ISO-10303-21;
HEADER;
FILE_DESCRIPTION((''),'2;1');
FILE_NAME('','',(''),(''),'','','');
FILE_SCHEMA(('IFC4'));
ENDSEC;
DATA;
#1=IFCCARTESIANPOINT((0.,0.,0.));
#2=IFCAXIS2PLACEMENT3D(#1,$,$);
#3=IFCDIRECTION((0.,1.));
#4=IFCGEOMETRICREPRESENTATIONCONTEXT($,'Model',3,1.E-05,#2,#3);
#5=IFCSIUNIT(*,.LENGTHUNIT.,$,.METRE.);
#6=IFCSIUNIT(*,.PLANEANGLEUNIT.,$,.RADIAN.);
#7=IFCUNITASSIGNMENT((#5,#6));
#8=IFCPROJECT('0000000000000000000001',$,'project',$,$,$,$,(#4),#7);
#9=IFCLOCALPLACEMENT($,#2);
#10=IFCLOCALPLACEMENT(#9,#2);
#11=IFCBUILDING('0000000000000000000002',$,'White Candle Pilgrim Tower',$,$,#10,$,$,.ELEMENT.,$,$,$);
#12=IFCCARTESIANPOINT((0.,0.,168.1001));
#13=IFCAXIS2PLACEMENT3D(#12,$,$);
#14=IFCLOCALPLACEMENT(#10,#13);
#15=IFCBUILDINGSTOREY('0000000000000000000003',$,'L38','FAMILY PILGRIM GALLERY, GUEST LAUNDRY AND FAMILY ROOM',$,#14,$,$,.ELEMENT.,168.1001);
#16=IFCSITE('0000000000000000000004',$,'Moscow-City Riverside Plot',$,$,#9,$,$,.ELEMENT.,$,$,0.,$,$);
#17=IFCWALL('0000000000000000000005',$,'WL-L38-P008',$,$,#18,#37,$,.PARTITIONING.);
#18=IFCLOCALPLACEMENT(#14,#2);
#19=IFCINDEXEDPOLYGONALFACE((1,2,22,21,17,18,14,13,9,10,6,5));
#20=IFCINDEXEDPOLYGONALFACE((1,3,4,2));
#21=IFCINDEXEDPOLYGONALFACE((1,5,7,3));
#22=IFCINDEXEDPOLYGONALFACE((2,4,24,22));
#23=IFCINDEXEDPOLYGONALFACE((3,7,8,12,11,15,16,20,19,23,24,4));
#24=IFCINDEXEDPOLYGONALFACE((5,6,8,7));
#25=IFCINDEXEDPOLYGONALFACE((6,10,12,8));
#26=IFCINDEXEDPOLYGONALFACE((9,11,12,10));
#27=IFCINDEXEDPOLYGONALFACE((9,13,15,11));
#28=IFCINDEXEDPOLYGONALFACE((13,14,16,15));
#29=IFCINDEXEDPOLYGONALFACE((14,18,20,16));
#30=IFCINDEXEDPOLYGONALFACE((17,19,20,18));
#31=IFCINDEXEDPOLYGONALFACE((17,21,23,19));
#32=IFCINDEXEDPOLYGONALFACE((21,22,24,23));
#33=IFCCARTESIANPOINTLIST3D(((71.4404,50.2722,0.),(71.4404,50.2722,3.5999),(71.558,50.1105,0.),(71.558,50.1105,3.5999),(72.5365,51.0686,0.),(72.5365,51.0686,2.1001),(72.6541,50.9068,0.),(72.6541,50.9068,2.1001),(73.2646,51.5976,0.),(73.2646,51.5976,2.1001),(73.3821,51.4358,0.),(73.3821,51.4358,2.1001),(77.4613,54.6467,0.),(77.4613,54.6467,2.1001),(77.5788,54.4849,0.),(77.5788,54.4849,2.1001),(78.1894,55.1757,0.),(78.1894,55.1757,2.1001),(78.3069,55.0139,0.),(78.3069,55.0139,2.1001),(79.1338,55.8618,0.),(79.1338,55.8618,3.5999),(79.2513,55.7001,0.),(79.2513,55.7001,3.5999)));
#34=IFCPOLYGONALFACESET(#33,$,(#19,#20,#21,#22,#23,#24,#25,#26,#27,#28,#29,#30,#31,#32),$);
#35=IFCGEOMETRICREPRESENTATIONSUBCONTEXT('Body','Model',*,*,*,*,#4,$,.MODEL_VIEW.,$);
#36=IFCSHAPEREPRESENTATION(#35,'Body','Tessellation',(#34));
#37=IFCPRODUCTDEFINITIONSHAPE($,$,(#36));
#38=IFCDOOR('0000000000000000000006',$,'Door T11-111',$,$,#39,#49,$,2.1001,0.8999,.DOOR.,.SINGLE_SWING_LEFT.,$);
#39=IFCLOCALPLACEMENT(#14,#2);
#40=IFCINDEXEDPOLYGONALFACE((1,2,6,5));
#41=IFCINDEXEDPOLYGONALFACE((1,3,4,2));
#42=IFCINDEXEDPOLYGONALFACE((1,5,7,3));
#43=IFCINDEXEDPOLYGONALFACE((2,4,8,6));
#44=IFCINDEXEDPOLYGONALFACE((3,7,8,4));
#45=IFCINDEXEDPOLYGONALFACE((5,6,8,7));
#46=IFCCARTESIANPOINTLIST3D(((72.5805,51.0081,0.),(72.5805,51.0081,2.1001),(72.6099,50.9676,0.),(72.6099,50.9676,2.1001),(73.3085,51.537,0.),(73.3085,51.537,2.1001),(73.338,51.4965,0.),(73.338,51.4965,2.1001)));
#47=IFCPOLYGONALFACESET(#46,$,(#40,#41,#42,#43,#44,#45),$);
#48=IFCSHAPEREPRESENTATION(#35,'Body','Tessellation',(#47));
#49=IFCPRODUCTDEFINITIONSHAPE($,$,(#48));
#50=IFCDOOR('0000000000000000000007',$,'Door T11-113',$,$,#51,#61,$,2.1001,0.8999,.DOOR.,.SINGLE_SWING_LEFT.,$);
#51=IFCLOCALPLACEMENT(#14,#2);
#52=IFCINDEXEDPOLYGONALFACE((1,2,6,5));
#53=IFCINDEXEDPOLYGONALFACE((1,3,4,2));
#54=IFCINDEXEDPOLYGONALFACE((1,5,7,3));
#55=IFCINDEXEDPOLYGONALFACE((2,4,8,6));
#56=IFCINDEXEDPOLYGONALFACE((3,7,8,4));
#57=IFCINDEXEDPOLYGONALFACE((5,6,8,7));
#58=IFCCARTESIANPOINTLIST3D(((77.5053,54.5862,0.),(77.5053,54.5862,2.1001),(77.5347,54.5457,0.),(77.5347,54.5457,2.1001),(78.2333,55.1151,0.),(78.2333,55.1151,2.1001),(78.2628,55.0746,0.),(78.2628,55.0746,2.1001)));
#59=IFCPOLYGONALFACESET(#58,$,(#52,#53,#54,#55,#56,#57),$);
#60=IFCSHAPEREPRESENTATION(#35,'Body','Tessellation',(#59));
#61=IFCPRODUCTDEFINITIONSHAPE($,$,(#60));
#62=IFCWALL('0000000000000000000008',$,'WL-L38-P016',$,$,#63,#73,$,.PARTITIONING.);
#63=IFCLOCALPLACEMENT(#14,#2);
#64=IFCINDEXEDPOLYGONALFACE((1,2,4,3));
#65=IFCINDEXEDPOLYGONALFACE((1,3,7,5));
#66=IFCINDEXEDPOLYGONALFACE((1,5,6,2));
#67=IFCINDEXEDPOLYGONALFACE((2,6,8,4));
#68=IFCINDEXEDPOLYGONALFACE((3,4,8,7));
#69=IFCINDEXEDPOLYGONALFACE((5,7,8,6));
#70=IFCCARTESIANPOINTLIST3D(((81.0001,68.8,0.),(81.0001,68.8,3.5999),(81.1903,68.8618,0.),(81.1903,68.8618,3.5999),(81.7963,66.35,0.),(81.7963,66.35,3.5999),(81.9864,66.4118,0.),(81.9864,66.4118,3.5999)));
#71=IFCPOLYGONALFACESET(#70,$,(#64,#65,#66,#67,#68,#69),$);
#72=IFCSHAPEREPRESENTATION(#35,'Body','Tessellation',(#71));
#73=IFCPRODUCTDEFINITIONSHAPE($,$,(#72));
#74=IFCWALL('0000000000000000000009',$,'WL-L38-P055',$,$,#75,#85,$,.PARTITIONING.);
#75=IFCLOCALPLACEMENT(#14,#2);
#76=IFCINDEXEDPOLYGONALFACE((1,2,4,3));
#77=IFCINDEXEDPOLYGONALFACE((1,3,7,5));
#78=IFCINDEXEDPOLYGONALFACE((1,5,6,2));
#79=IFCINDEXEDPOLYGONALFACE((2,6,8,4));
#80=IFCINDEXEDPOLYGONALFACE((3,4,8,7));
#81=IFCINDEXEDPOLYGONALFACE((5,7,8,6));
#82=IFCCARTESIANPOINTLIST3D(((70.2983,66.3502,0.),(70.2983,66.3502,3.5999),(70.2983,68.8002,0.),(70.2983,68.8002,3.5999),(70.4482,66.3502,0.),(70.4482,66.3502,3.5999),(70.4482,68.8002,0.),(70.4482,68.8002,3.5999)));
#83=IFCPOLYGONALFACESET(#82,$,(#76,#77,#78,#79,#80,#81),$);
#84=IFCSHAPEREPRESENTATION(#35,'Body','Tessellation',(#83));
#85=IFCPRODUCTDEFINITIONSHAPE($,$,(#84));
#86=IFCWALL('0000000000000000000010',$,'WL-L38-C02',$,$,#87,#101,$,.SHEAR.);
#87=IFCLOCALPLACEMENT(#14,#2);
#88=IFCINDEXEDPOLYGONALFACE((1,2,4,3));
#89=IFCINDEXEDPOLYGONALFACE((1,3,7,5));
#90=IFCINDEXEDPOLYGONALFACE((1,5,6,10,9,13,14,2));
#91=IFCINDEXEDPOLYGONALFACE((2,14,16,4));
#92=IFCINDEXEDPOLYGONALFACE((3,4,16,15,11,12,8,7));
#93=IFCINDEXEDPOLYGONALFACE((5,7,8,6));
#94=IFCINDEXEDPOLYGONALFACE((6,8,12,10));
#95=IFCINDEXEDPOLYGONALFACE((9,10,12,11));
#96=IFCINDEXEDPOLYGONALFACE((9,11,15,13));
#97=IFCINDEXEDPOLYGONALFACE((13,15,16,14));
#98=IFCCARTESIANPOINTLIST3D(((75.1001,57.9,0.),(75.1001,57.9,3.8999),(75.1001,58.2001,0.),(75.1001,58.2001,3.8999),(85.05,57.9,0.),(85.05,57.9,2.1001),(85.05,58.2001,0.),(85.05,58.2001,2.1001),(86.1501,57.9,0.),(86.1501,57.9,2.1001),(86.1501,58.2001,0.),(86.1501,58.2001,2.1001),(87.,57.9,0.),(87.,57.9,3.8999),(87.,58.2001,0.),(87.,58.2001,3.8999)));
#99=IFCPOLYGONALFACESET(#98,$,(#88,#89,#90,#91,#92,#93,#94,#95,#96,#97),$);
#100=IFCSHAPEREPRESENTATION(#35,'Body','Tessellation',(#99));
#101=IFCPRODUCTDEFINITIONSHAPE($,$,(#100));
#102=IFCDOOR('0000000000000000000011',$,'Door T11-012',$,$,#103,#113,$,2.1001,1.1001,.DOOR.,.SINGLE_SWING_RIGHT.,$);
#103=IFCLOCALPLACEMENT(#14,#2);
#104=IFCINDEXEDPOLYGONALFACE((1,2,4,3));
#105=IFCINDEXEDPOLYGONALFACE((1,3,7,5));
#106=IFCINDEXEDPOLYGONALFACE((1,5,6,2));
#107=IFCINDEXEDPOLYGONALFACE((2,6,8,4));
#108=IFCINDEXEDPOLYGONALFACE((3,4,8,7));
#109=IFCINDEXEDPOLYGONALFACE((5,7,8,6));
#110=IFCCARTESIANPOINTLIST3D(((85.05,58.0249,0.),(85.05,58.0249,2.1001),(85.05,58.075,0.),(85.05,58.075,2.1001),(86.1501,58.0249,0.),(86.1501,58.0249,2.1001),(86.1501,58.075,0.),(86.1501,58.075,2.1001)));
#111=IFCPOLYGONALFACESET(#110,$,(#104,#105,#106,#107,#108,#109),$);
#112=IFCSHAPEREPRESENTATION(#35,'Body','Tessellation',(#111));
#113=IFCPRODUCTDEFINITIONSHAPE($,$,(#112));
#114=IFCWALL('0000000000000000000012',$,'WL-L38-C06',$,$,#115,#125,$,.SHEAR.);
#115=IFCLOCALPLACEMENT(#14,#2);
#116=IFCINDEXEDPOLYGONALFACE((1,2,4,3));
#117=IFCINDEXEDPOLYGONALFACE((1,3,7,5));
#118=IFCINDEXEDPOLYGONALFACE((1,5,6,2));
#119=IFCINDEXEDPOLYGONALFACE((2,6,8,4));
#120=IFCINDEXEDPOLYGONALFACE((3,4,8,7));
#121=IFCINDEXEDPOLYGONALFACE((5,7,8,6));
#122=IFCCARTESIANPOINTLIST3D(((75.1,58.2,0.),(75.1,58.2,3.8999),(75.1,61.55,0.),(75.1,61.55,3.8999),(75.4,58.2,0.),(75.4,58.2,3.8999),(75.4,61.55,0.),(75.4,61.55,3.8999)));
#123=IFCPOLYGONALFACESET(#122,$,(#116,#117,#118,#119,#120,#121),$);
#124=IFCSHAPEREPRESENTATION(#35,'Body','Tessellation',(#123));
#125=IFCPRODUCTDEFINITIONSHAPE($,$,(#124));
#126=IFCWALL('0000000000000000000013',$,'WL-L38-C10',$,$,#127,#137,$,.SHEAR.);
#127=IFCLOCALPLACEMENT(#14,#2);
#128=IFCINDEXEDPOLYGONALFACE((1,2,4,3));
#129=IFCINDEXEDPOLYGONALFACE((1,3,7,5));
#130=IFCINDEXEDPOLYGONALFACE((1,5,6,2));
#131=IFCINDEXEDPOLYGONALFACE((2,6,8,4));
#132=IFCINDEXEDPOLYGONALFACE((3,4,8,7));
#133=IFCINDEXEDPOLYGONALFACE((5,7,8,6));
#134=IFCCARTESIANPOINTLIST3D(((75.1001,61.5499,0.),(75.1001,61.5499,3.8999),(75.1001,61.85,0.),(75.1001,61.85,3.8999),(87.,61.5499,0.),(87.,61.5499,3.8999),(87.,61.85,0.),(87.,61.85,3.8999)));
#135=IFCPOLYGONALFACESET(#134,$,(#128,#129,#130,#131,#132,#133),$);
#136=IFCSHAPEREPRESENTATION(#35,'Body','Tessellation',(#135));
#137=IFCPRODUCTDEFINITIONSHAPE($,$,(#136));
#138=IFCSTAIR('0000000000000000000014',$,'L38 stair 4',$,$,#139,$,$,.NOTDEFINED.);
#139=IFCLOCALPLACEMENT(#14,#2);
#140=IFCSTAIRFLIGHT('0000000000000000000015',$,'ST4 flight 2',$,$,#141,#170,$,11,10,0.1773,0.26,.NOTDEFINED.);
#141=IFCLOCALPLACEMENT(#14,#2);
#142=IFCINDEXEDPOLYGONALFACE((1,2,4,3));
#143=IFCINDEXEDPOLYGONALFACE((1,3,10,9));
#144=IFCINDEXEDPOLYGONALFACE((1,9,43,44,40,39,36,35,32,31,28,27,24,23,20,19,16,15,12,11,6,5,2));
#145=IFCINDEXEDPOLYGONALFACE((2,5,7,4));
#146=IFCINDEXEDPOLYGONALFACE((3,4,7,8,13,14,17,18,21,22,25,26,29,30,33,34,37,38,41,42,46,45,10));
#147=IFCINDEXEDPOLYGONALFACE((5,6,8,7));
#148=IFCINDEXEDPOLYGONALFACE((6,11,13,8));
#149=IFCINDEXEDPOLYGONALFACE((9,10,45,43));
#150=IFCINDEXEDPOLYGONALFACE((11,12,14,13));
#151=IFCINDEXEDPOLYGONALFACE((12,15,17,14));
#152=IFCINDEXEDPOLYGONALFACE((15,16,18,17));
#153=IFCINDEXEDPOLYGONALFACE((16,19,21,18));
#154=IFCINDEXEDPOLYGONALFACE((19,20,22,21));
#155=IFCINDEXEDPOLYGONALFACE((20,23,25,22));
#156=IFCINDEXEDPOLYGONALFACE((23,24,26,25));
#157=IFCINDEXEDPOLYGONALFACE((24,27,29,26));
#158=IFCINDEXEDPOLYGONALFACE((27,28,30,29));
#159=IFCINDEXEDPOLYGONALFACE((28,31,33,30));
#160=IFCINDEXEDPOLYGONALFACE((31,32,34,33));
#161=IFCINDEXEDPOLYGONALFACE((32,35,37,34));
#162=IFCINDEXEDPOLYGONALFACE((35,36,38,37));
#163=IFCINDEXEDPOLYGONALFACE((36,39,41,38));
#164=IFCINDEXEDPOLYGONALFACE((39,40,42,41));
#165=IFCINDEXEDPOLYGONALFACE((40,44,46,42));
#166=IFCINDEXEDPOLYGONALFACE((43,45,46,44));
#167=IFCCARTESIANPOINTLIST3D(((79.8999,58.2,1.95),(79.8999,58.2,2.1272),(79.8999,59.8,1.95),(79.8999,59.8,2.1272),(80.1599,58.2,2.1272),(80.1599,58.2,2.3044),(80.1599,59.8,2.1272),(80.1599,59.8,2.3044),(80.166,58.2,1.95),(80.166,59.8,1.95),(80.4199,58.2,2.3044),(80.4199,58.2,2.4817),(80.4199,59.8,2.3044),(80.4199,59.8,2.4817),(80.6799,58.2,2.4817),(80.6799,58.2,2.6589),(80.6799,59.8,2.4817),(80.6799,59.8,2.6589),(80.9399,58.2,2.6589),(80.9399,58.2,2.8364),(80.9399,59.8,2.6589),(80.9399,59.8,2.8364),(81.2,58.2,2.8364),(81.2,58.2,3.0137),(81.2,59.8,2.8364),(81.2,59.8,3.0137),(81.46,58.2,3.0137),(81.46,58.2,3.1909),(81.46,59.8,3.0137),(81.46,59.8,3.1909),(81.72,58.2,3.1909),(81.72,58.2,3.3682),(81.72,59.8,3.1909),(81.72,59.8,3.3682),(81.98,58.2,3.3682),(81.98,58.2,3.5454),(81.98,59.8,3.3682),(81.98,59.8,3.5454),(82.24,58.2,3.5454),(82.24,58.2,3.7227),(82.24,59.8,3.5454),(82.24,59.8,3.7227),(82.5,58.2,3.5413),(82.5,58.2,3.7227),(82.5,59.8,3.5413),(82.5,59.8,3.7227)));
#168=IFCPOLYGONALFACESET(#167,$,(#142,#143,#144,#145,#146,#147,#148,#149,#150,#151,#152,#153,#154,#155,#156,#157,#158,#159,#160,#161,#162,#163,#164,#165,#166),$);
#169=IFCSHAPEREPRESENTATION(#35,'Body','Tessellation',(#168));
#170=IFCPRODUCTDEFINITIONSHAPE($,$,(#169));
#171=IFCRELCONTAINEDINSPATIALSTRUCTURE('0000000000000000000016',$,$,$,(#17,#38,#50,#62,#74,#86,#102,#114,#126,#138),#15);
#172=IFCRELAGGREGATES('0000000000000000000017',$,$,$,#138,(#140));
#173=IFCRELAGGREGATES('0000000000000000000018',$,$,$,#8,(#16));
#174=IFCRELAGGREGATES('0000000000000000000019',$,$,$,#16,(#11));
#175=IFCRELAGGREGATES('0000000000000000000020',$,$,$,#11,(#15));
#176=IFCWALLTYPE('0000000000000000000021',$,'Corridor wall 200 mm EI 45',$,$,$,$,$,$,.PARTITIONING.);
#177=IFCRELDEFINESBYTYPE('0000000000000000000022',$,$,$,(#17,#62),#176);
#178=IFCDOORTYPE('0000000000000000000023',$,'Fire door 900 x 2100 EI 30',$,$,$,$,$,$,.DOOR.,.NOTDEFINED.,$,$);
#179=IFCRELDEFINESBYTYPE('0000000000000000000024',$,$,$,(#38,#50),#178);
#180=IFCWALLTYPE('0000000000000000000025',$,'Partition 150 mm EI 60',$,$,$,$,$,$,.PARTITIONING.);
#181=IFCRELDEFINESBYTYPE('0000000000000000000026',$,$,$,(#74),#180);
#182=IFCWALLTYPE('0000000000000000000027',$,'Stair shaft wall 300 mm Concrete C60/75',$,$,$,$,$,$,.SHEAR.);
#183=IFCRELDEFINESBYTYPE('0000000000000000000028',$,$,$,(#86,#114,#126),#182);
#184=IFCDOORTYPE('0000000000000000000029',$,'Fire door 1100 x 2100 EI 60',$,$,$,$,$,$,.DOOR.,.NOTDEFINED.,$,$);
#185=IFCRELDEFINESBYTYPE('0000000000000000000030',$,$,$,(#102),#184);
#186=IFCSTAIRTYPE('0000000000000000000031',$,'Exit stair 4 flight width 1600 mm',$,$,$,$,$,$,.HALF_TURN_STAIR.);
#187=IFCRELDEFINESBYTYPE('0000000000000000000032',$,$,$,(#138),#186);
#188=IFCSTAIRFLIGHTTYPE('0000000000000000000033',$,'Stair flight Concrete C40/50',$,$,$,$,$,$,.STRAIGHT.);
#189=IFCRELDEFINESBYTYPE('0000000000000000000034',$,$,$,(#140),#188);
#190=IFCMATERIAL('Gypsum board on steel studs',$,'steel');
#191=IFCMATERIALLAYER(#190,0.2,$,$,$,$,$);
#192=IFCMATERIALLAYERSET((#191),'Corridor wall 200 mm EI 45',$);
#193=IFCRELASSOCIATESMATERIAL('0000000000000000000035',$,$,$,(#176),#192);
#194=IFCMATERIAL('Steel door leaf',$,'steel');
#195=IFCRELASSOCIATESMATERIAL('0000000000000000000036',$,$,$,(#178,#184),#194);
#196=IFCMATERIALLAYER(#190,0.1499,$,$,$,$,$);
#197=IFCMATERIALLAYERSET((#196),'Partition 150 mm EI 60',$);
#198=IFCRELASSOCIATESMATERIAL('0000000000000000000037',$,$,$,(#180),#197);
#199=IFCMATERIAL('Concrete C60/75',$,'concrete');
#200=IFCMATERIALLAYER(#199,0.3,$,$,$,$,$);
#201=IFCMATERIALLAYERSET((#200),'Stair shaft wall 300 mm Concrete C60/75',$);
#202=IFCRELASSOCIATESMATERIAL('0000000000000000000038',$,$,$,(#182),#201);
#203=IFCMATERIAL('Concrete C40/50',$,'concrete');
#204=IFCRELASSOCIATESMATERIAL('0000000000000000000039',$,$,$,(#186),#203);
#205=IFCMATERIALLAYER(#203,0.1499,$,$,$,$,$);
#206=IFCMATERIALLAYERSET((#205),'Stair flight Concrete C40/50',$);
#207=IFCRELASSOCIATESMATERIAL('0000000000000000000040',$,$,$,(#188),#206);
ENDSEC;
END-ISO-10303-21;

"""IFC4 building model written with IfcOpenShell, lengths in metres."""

from ifc_helpers import new_model, si_unit, direction, frame, frame_2d, origin, place, context, subcontext, project, spatial, polyline, rectangle, outline, extrude, material, layer, layer_set, type_object, element, fill, aggregate, save


model = new_model("IFC4")

# Units and contexts
model_context = context("Model", 3, precision=1e-05, world=origin(), true_north=direction((0.0, 1.0)))
body_context = subcontext(model_context, "Body", "Model", "MODEL_VIEW")
ifc_project = project(units=[si_unit("LENGTHUNIT", "METRE"), si_unit("PLANEANGLEUNIT", "RADIAN")], contexts=[model_context])

# Site, building, storey
site_placement = place(None, origin())
site = spatial("IfcSite", under=ifc_project, at=site_placement, Name="Moscow-City Riverside Plot", CompositionType="ELEMENT", RefElevation=0.0)
building_placement = place(site_placement, origin())
building = spatial("IfcBuilding", under=site, at=building_placement, Name="White Candle Pilgrim Tower", CompositionType="ELEMENT")
storey_placement = place(building_placement, frame((0.0, 0.0, 168.1001)))
storey = spatial("IfcBuildingStorey", under=building, at=storey_placement, Name="L38", Description="FAMILY PILGRIM GALLERY, GUEST LAUNDRY AND FAMILY ROOM", CompositionType="ELEMENT", Elevation=168.1001)

# Wall, openings, doors
ifc_material_1 = material(Name="Gypsum board on steel studs", Category="steel")
ifc_layer_1 = layer(ifc_material_1, 0.2)
ifc_layer_set_1 = layer_set([ifc_layer_1], Name="Corridor wall 200 mm EI 45")
wall_type_1 = type_object("IfcWallType", Name="Corridor wall 200 mm EI 45", PredefinedType="PARTITIONING", material=ifc_layer_set_1)
wall_1_placement = place(storey_placement, frame((79.1926, 55.781, 0.0), z_axis=(0.0, 0.0, 1.0), x_axis=(-0.809015, -0.587788, 0.0)))
wall_1 = element("IfcWall", 1, at=wall_1_placement, inside=storey, type_object=wall_type_1, Name="WL-L38-P008", PredefinedType="PARTITIONING", context=body_context, shape_type="SweptSolid", body=[
    extrude(rectangle(XDim=9.5095, YDim=0.2, at=frame_2d((4.7549, 0.0))), origin(), (0.0, 0.0, 1.0), 3.5999),
])
opening_1_placement = place(wall_1_placement, frame((7.2549, 0.0, 0.0)))
opening_1 = element("IfcOpeningElement", 2, at=opening_1_placement, cuts=wall_1, PredefinedType="OPENING", context=body_context, shape_type="SweptSolid", body=[
    extrude(rectangle(XDim=0.8999, YDim=2.1001, at=frame_2d((0.45, 1.05))), frame((0.0, 0.1099, 0.0), z_axis=(0.0, -1.0, 0.0), x_axis=(1.0, 0.0, 0.0)), (0.0, 0.0, 1.0), 0.22),
])
opening_2_placement = place(wall_1_placement, frame((1.1675, 0.0, 0.0)))
opening_2 = element("IfcOpeningElement", 3, at=opening_2_placement, cuts=wall_1, PredefinedType="OPENING", context=body_context, shape_type="SweptSolid", body=[
    extrude(rectangle(XDim=0.8999, YDim=2.1001, at=frame_2d((0.45, 1.05))), frame((0.0, 0.1099, 0.0), z_axis=(0.0, -1.0, 0.0), x_axis=(1.0, 0.0, 0.0)), (0.0, 0.0, 1.0), 0.22),
])
ifc_material_2 = material(Name="Steel door leaf", Category="steel")
door_type_1 = type_object("IfcDoorType", Name="Fire door 900 x 2100 EI 30", OperationType="NOTDEFINED", PredefinedType="DOOR", material=ifc_material_2)
door_1_placement = place(opening_1_placement, origin())
door_1 = element("IfcDoor", 4, at=door_1_placement, inside=storey, type_object=door_type_1, Name="Door T11-111", OperationType="SINGLE_SWING_LEFT", OverallHeight=2.1001, OverallWidth=0.8999, PredefinedType="DOOR", context=body_context, shape_type="SweptSolid", body=[
    extrude(rectangle(XDim=0.8999, YDim=2.1001, at=frame_2d((0.45, 1.05))), frame((0.0, 0.0249, 0.0), z_axis=(0.0, -1.0, 0.0), x_axis=(1.0, 0.0, 0.0)), (0.0, 0.0, 1.0), 0.05),
])
fill(opening_1, door_1)
door_2_placement = place(opening_2_placement, origin())
door_2 = element("IfcDoor", 5, at=door_2_placement, inside=storey, type_object=door_type_1, Name="Door T11-113", OperationType="SINGLE_SWING_LEFT", OverallHeight=2.1001, OverallWidth=0.8999, PredefinedType="DOOR", context=body_context, shape_type="SweptSolid", body=[
    extrude(rectangle(XDim=0.8999, YDim=2.1001, at=frame_2d((0.45, 1.05))), frame((0.0, 0.0249, 0.0), z_axis=(0.0, -1.0, 0.0), x_axis=(1.0, 0.0, 0.0)), (0.0, 0.0, 1.0), 0.05),
])
fill(opening_2, door_2)

# Walls
wall_2_placement = place(storey_placement, frame((81.8914, 66.3809, 0.0), z_axis=(0.0, 0.0, 1.0), x_axis=(-0.309054, 0.951045, 0.0)))
element("IfcWall", 6, at=wall_2_placement, inside=storey, type_object=wall_type_1, Name="WL-L38-P016", PredefinedType="PARTITIONING", context=body_context, shape_type="SweptSolid", body=[
    extrude(rectangle(XDim=2.5762, YDim=0.2, at=frame_2d((1.2881, 0.0))), origin(), (0.0, 0.0, 1.0), 3.5999),
])
ifc_layer_2 = layer(ifc_material_1, 0.1499)
ifc_layer_set_2 = layer_set([ifc_layer_2], Name="Partition 150 mm EI 60")
wall_type_2 = type_object("IfcWallType", Name="Partition 150 mm EI 60", PredefinedType="PARTITIONING", material=ifc_layer_set_2)
wall_3_placement = place(storey_placement, frame((70.3733, 66.3501, 0.0), z_axis=(0.0, 0.0, 1.0), x_axis=(0.0, 1.0, 0.0)))
element("IfcWall", 7, at=wall_3_placement, inside=storey, type_object=wall_type_2, Name="WL-L38-P055", PredefinedType="PARTITIONING", context=body_context, shape_type="SweptSolid", body=[
    extrude(rectangle(XDim=2.45, YDim=0.1499, at=frame_2d((1.2251, 0.0))), origin(), (0.0, 0.0, 1.0), 3.5999),
])

# Wall, opening, door
ifc_material_3 = material(Name="Concrete C60/75", Category="concrete")
ifc_layer_3 = layer(ifc_material_3, 0.3)
ifc_layer_set_3 = layer_set([ifc_layer_3], Name="Stair shaft wall 300 mm Concrete C60/75")
wall_type_3 = type_object("IfcWallType", Name="Stair shaft wall 300 mm Concrete C60/75", PredefinedType="SHEAR", material=ifc_layer_set_3)
wall_4_placement = place(storey_placement, frame((75.1001, 58.05, 0.0), z_axis=(0.0, 0.0, 1.0), x_axis=(1.0, 0.0, 0.0)))
wall_4 = element("IfcWall", 8, at=wall_4_placement, inside=storey, type_object=wall_type_3, Name="WL-L38-C02", PredefinedType="SHEAR", context=body_context, shape_type="SweptSolid", body=[
    extrude(rectangle(XDim=11.8999, YDim=0.3, at=frame_2d((5.95, 0.0))), origin(), (0.0, 0.0, 1.0), 3.8999),
])
opening_3_placement = place(wall_4_placement, frame((9.95, 0.0, 0.0)))
opening_3 = element("IfcOpeningElement", 9, at=opening_3_placement, cuts=wall_4, PredefinedType="OPENING", context=body_context, shape_type="SweptSolid", body=[
    extrude(rectangle(XDim=1.1001, YDim=2.1001, at=frame_2d((0.55, 1.05))), frame((0.0, 0.1599, 0.0), z_axis=(0.0, -1.0, 0.0), x_axis=(1.0, 0.0, 0.0)), (0.0, 0.0, 1.0), 0.3201),
])
door_type_2 = type_object("IfcDoorType", Name="Fire door 1100 x 2100 EI 60", OperationType="NOTDEFINED", PredefinedType="DOOR", material=ifc_material_2)
door_3_placement = place(opening_3_placement, origin())
door_3 = element("IfcDoor", 10, at=door_3_placement, inside=storey, type_object=door_type_2, Name="Door T11-012", OperationType="SINGLE_SWING_RIGHT", OverallHeight=2.1001, OverallWidth=1.1001, PredefinedType="DOOR", context=body_context, shape_type="SweptSolid", body=[
    extrude(rectangle(XDim=1.1001, YDim=2.1001, at=frame_2d((0.55, 1.05))), frame((0.0, 0.0249, 0.0), z_axis=(0.0, -1.0, 0.0), x_axis=(1.0, 0.0, 0.0)), (0.0, 0.0, 1.0), 0.05),
])
fill(opening_3, door_3)

# Walls
wall_5_placement = place(storey_placement, frame((75.25, 58.2, 0.0), z_axis=(0.0, 0.0, 1.0), x_axis=(0.0, 1.0, 0.0)))
element("IfcWall", 11, at=wall_5_placement, inside=storey, type_object=wall_type_3, Name="WL-L38-C06", PredefinedType="SHEAR", context=body_context, shape_type="SweptSolid", body=[
    extrude(rectangle(XDim=3.3501, YDim=0.3, at=frame_2d((1.675, 0.0))), origin(), (0.0, 0.0, 1.0), 3.8999),
])
wall_6_placement = place(storey_placement, frame((75.1001, 61.7, 0.0), z_axis=(0.0, 0.0, 1.0), x_axis=(1.0, 0.0, 0.0)))
element("IfcWall", 12, at=wall_6_placement, inside=storey, type_object=wall_type_3, Name="WL-L38-C10", PredefinedType="SHEAR", context=body_context, shape_type="SweptSolid", body=[
    extrude(rectangle(XDim=11.8999, YDim=0.3, at=frame_2d((5.95, 0.0))), origin(), (0.0, 0.0, 1.0), 3.8999),
])

# Stair, stair flight
ifc_material_4 = material(Name="Concrete C40/50", Category="concrete")
stair_type = type_object("IfcStairType", Name="Exit stair 4 flight width 1600 mm", PredefinedType="HALF_TURN_STAIR", material=ifc_material_4)
stair_placement = place(storey_placement, origin())
stair = element("IfcStair", 13, at=stair_placement, inside=storey, type_object=stair_type, Name="L38 stair 4", PredefinedType="NOTDEFINED")
ifc_layer_4 = layer(ifc_material_4, 0.1499)
ifc_layer_set_4 = layer_set([ifc_layer_4], Name="Stair flight Concrete C40/50")
stair_flight_type = type_object("IfcStairFlightType", Name="Stair flight Concrete C40/50", PredefinedType="STRAIGHT", material=ifc_layer_set_4)
stair_flight_placement = place(storey_placement, frame((79.8999, 59.0, 1.95), z_axis=(0.0, 0.0, 1.0), x_axis=(1.0, 0.0, 0.0)))
stair_flight = element("IfcStairFlight", 14, at=stair_flight_placement, type_object=stair_flight_type, Name="ST4 flight 2", NumberOfRisers=11, NumberOfTreads=10, PredefinedType="NOTDEFINED", RiserHeight=0.1773, TreadLength=0.26, context=body_context, shape_type="SweptSolid", body=[
    extrude(outline(polyline([(0.0, 0.0), (0.0, 0.1772), (0.26, 0.1772), (0.26, 0.3545), (0.52, 0.3545), (0.52, 0.5317), (0.78, 0.5317), (0.78, 0.709), (1.04, 0.709), (1.04, 0.8865), (1.3, 0.8865), (1.3, 1.0637), (1.5601, 1.0637), (1.5601, 1.241), (1.8201, 1.241), (1.8201, 1.4182), (2.0801, 1.4182), (2.0801, 1.5955), (2.3401, 1.5955), (2.3401, 1.7727), (2.6001, 1.7727), (2.6001, 1.95), (2.6001, 1.5913), (0.2661, 0.0), (0.0, 0.0)])), frame((0.0, 0.8, 0.0), z_axis=(0.0, -1.0, 0.0), x_axis=(1.0, 0.0, 0.0)), (0.0, 0.0, 1.0), 1.6001),
])
aggregate(stair, [stair_flight])

save(model, "model.ifc")
